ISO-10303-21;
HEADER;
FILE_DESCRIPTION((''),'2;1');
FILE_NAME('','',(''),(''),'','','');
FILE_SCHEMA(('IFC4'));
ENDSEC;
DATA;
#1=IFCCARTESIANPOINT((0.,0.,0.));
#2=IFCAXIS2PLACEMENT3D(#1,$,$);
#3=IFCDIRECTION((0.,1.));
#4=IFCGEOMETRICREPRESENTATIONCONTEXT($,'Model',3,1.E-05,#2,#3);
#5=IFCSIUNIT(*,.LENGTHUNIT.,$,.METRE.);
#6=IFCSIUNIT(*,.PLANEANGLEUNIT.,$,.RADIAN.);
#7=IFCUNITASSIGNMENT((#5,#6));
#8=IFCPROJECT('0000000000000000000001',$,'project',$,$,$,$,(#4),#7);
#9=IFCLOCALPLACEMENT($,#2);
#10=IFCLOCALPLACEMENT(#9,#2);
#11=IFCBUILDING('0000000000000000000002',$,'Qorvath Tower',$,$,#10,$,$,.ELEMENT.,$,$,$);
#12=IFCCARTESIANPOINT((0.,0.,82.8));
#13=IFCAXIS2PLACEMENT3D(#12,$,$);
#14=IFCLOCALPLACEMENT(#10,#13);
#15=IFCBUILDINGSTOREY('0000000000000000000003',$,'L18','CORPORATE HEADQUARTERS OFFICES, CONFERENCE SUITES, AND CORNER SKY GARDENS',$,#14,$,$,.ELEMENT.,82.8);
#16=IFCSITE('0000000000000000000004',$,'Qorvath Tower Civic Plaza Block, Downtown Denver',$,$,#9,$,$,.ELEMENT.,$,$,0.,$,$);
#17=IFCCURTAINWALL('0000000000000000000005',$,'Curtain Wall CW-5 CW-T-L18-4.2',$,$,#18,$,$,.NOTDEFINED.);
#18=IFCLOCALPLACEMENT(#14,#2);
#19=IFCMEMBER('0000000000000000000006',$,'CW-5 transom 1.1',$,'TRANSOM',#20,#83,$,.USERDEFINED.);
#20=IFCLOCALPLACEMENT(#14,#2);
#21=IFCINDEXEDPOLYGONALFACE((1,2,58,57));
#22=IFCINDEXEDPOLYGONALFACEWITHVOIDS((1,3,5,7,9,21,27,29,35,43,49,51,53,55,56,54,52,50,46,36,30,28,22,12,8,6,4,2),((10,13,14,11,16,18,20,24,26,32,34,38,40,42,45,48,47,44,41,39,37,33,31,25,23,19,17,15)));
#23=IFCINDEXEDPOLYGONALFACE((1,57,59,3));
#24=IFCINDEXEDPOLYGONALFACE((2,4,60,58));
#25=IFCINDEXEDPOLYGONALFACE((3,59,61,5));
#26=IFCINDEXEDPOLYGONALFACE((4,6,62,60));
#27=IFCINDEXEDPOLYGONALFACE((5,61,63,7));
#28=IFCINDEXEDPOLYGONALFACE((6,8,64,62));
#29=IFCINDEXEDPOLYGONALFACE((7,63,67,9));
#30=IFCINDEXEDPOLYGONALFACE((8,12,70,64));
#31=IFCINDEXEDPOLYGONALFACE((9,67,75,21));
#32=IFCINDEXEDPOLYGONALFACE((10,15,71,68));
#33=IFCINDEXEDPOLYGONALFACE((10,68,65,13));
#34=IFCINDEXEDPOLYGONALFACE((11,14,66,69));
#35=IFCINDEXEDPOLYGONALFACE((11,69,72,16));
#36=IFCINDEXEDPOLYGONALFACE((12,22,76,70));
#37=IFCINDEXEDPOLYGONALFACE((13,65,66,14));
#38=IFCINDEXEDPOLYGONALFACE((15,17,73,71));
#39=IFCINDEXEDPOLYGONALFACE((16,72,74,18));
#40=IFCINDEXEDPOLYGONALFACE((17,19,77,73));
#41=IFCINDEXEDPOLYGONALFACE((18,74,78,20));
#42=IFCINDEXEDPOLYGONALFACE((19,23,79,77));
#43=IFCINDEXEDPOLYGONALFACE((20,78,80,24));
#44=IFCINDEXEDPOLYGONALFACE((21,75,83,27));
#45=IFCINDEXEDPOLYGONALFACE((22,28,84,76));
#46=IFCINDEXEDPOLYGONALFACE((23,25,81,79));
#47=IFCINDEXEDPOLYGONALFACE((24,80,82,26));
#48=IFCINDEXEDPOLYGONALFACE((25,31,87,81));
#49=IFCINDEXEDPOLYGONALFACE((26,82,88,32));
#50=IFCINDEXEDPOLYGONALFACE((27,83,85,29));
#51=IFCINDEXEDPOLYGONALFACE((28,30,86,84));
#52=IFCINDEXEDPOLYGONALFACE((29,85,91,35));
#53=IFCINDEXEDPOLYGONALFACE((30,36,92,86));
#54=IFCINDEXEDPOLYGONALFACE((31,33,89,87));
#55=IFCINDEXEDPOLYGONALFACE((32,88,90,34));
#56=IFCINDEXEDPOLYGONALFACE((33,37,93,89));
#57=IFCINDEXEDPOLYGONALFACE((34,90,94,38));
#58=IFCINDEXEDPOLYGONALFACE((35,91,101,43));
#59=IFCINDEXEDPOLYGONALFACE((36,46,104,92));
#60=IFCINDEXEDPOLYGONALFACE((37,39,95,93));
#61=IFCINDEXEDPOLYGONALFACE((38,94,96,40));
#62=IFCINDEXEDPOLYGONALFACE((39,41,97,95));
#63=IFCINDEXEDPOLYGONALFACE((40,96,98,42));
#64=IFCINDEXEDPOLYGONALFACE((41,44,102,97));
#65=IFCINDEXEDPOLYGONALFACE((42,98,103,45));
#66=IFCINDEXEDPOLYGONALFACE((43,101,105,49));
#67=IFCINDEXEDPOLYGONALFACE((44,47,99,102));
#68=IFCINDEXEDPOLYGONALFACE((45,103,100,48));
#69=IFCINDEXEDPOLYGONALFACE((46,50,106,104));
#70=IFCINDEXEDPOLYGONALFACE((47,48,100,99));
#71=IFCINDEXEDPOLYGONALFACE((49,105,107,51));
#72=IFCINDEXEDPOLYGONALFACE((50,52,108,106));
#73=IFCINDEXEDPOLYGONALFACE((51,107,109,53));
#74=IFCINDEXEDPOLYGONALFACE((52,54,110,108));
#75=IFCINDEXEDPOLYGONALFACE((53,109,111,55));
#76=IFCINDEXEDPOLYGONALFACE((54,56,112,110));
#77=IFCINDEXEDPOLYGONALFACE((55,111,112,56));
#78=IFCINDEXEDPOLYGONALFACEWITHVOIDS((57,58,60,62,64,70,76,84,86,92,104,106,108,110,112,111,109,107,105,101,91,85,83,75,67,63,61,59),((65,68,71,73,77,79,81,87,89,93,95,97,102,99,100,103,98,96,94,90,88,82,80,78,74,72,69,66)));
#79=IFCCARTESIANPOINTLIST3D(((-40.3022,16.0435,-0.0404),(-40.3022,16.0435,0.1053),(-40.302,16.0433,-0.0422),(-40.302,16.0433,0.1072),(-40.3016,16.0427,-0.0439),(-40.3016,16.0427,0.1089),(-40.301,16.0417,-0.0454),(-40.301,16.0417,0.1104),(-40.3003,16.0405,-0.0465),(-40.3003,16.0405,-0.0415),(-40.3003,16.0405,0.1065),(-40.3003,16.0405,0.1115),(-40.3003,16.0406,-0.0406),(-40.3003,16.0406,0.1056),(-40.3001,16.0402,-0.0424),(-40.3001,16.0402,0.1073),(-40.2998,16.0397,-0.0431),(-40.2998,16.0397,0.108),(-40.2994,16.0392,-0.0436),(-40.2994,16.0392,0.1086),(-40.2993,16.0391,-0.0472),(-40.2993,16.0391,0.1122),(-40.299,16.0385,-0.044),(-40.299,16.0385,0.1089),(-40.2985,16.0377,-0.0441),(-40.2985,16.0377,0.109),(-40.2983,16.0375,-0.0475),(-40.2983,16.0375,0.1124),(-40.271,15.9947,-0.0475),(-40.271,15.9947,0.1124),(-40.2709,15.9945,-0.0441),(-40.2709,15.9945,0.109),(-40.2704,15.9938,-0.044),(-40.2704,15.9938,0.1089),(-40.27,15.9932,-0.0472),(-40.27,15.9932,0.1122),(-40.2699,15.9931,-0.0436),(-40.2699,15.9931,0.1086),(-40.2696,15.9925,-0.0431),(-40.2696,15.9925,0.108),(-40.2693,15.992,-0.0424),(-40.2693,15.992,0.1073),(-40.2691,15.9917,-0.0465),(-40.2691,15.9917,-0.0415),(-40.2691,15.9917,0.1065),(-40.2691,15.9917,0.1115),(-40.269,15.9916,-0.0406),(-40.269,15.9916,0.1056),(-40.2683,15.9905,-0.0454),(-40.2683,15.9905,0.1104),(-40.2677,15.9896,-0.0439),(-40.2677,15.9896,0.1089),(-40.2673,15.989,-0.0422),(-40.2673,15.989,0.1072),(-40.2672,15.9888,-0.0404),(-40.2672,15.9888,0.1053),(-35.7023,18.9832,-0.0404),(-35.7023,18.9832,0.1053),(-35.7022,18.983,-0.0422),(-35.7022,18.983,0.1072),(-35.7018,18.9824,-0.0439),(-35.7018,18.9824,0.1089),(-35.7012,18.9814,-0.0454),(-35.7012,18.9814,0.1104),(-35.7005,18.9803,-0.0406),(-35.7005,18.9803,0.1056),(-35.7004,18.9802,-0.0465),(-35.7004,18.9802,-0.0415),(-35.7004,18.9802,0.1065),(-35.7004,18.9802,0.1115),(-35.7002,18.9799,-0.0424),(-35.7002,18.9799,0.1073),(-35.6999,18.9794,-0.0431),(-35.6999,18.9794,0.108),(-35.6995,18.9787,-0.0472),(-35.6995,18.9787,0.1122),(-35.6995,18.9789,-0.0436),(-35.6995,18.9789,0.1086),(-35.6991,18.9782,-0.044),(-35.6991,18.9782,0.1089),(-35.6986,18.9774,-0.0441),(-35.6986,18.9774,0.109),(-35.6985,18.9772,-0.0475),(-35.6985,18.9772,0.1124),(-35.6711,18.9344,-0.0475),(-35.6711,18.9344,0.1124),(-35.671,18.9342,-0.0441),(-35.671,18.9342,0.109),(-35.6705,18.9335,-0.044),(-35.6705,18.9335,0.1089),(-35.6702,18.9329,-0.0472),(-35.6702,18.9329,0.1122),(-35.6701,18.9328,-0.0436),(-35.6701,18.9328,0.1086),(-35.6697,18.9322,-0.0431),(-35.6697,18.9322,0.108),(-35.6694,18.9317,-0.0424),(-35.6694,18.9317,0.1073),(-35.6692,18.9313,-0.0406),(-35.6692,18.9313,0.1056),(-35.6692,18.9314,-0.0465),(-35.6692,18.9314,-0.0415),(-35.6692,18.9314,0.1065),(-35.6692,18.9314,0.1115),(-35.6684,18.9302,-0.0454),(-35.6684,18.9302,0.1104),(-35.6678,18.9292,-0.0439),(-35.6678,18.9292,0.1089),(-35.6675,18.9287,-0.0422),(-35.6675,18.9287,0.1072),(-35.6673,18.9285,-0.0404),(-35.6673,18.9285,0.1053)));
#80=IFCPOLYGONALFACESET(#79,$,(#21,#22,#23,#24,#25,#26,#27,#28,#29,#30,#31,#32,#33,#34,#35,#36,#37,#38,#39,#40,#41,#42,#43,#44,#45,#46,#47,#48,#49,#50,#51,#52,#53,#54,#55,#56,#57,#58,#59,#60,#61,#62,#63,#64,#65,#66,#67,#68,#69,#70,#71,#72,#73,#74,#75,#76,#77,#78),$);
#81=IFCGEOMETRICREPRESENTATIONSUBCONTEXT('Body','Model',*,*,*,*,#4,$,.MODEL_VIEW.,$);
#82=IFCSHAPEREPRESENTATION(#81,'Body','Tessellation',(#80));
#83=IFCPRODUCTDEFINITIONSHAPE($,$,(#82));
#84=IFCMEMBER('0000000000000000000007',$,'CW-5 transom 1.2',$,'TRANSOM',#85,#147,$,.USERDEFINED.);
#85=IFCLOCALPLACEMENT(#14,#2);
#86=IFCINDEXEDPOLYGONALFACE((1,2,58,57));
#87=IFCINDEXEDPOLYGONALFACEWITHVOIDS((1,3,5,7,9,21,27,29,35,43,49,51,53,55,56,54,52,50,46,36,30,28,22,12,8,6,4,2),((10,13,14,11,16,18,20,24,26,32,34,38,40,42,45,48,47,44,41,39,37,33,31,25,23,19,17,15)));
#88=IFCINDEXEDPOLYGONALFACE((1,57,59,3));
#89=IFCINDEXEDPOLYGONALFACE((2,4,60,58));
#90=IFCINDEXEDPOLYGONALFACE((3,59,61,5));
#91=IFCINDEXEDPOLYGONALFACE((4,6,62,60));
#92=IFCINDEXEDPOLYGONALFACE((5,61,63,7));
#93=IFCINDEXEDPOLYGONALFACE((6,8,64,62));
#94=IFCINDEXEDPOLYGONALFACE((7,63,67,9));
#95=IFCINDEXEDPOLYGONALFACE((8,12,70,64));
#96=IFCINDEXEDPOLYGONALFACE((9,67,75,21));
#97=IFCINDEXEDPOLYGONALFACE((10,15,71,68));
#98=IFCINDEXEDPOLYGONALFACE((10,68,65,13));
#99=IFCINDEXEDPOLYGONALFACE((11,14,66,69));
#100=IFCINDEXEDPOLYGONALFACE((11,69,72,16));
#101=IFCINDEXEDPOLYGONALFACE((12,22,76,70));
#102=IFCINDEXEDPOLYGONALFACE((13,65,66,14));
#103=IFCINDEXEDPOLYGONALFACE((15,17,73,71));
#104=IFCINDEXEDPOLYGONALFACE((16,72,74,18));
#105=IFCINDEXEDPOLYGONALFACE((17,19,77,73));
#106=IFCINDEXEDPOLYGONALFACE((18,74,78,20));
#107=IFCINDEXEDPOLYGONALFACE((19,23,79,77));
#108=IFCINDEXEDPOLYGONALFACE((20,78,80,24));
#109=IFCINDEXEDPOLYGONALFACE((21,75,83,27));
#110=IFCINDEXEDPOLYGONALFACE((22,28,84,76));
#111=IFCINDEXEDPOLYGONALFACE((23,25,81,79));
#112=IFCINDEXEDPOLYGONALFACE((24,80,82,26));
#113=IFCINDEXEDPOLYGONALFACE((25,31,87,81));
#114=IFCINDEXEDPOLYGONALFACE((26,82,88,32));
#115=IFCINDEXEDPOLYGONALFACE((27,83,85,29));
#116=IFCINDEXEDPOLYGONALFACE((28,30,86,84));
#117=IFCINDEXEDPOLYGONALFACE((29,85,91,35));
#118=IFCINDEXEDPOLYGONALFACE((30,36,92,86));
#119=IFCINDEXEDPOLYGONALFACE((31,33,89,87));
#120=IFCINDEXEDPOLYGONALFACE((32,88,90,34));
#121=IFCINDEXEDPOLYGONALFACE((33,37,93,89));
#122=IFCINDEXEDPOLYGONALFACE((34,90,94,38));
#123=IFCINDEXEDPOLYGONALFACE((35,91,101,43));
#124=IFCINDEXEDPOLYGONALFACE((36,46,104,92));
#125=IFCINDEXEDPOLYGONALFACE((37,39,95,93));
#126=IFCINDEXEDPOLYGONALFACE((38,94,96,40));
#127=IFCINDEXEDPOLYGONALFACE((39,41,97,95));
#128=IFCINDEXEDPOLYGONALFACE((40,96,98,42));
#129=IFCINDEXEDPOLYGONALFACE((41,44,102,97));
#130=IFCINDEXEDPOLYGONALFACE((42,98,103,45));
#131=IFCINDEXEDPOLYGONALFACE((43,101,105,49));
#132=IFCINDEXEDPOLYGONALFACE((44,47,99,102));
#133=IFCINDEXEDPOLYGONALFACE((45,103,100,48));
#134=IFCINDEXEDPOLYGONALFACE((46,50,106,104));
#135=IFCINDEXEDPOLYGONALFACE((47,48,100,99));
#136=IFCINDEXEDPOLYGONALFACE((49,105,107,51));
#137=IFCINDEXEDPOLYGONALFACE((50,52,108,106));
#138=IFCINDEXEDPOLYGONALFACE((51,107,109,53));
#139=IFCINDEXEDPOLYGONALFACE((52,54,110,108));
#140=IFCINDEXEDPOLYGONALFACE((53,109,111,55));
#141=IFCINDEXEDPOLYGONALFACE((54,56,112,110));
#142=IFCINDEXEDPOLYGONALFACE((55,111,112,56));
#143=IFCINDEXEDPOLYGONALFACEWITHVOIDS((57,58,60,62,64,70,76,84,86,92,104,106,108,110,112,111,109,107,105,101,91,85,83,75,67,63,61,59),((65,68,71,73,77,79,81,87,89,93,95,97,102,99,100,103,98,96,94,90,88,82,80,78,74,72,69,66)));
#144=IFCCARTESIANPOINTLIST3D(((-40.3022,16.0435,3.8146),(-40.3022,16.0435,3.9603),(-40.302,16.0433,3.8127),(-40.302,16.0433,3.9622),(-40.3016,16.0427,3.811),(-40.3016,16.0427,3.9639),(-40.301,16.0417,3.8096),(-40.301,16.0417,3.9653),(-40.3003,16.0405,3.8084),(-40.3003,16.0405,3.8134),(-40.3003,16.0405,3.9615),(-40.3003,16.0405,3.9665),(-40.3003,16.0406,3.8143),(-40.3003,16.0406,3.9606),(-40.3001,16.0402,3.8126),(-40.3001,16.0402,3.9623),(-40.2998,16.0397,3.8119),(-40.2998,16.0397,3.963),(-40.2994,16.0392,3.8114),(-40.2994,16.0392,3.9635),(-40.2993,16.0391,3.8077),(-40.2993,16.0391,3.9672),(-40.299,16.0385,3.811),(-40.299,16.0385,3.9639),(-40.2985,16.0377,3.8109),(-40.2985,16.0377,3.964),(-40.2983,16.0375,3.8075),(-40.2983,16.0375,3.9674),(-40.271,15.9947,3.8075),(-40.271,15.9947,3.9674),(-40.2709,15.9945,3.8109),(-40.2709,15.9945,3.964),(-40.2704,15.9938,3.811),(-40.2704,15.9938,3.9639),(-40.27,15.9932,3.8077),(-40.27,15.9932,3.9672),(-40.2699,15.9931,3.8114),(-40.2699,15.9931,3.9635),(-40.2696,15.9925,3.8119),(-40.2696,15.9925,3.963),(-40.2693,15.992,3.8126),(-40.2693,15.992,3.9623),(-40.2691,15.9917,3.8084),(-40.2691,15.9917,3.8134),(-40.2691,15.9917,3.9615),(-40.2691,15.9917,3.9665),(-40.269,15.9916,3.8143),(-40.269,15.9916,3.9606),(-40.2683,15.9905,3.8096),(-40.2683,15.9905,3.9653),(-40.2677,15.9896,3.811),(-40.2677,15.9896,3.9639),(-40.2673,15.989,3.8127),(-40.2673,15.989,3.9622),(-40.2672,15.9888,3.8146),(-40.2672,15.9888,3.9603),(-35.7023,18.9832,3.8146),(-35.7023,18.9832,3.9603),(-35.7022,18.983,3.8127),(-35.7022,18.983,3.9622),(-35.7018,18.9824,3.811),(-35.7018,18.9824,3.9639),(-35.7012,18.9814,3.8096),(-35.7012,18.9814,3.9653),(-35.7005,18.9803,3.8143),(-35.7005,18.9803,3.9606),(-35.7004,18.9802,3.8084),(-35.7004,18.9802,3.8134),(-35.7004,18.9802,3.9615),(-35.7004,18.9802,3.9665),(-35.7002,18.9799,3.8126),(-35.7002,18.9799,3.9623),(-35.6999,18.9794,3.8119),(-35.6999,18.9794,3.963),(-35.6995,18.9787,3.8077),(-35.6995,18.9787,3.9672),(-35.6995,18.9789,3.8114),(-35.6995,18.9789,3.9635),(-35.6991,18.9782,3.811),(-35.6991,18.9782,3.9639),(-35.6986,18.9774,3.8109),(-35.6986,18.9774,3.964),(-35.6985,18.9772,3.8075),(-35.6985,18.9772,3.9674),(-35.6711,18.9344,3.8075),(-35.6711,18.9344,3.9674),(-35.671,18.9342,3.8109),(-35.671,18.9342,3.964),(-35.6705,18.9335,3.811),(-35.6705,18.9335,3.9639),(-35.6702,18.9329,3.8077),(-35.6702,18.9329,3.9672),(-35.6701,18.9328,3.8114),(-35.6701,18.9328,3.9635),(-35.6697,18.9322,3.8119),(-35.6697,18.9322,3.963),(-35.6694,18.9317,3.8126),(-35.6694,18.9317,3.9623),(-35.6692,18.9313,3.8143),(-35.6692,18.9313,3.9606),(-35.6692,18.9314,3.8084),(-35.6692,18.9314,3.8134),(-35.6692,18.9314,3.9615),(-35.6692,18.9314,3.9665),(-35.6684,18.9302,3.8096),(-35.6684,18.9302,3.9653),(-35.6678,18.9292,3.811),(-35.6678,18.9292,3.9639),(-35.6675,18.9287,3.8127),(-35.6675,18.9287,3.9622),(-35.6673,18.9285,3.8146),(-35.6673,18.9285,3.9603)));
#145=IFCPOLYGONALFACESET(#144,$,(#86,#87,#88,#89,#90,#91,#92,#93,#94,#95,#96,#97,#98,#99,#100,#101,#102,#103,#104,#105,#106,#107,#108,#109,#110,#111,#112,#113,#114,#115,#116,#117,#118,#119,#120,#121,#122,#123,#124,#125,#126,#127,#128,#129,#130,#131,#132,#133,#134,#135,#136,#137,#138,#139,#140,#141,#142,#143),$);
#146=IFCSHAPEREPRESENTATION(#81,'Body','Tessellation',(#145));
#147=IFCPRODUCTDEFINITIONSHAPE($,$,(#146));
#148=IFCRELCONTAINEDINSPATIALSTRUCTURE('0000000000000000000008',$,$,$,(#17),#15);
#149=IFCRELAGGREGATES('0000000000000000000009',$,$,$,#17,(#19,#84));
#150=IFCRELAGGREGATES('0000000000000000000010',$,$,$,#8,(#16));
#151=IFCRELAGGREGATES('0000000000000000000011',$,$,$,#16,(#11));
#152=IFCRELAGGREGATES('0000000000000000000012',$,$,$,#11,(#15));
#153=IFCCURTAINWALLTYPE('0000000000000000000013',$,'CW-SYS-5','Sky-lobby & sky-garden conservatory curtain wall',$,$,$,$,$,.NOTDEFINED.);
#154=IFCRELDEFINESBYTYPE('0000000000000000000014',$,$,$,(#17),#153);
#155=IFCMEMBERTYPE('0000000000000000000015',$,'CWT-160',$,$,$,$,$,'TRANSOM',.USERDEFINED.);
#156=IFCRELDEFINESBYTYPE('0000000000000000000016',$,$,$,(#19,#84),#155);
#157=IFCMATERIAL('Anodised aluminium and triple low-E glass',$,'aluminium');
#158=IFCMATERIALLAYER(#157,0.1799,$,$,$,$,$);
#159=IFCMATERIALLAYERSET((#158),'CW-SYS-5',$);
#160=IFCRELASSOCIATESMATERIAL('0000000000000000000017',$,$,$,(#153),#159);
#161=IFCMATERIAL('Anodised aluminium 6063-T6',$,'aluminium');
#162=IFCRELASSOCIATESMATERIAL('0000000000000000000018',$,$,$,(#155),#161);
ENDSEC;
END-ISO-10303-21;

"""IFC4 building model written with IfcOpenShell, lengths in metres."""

from ifc_helpers import new_model, si_unit, direction, frame, origin, origin_2d, place, context, subcontext, project, spatial, hollow_rectangle, extrude, material, layer, layer_set, material_profile, profile_set, type_object, element, aggregate, save


model = new_model("IFC4")

# Units and contexts
model_context = context("Model", 3, precision=1e-05, world=origin(), true_north=direction((0.0, 1.0)))
body_context = subcontext(model_context, "Body", "Model", "MODEL_VIEW")
ifc_project = project(units=[si_unit("LENGTHUNIT", "METRE"), si_unit("PLANEANGLEUNIT", "RADIAN")], contexts=[model_context])

# Site, building, storey
site_placement = place(None, origin())
site = spatial("IfcSite", under=ifc_project, at=site_placement, Name="Qorvath Tower Civic Plaza Block, Downtown Denver", CompositionType="ELEMENT", RefElevation=0.0)
building_placement = place(site_placement, origin())
building = spatial("IfcBuilding", under=site, at=building_placement, Name="Qorvath Tower", CompositionType="ELEMENT")
storey_placement = place(building_placement, frame((0.0, 0.0, 82.8)))
storey = spatial("IfcBuildingStorey", under=building, at=storey_placement, Name="L18", Description="CORPORATE HEADQUARTERS OFFICES, CONFERENCE SUITES, AND CORNER SKY GARDENS", CompositionType="ELEMENT", Elevation=82.8)

# Curtain wall
ifc_material_1 = material(Name="Anodised aluminium and triple low-E glass", Category="aluminium")
ifc_layer_1 = layer(ifc_material_1, 0.1799)
ifc_layer_set_1 = layer_set([ifc_layer_1], Name="CW-SYS-5")
curtain_wall_type = type_object("IfcCurtainWallType", Name="CW-SYS-5", Description="Sky-lobby & sky-garden conservatory curtain wall", PredefinedType="NOTDEFINED", material=ifc_layer_set_1)
curtain_wall_1_placement = place(storey_placement, origin())
curtain_wall_1 = element("IfcCurtainWall", 1, at=curtain_wall_1_placement, inside=storey, type_object=curtain_wall_type, Name="Curtain Wall CW-5 CW-T-L18-4.2", PredefinedType="NOTDEFINED")

# Members
ifc_material_2 = material(Name="Anodised aluminium 6063-T6", Category="aluminium")
ifc_material_profile_1 = material_profile(ifc_material_2, hollow_rectangle(XDim=0.0649, YDim=0.1599, WallThickness=0.0034, InnerFilletRadius=0.0034, OuterFilletRadius=0.0071, at=origin_2d()), Name="CWT 160x65")
ifc_profile_set_1 = profile_set([ifc_material_profile_1], Name="Anodised aluminium 6063-T6")
member_type_1 = type_object("IfcMemberType", Name="CWT-160", ElementType="TRANSOM", PredefinedType="USERDEFINED", material=ifc_profile_set_1)
member_1_placement = place(storey_placement, frame((-35.6848, 18.9558, 0.0325), z_axis=(-0.842621, -0.538507, 0.0), x_axis=(0.538507, -0.842621, 0.0)))
member_1 = element("IfcMember", 2, at=member_1_placement, type_object=member_type_1, Name="CW-5 transom 1.1", ObjectType="TRANSOM", PredefinedType="USERDEFINED", context=body_context, shape_type="SweptSolid", body=[
    extrude(hollow_rectangle(XDim=0.0649, YDim=0.1599, WallThickness=0.0034, InnerFilletRadius=0.0034, OuterFilletRadius=0.0071, at=origin_2d()), origin(), (0.0, 0.0, 1.0), 5.459),
])
member_2_placement = place(storey_placement, frame((-35.6848, 18.9558, 3.8875), z_axis=(-0.842621, -0.538507, 0.0), x_axis=(0.538507, -0.842621, 0.0)))
member_2 = element("IfcMember", 3, at=member_2_placement, type_object=member_type_1, Name="CW-5 transom 1.2", ObjectType="TRANSOM", PredefinedType="USERDEFINED", context=body_context, shape_type="SweptSolid", body=[
    extrude(hollow_rectangle(XDim=0.0649, YDim=0.1599, WallThickness=0.0034, InnerFilletRadius=0.0034, OuterFilletRadius=0.0071, at=origin_2d()), origin(), (0.0, 0.0, 1.0), 5.459),
])

aggregate(curtain_wall_1, [member_1, member_2])

save(model, "model.ifc")
